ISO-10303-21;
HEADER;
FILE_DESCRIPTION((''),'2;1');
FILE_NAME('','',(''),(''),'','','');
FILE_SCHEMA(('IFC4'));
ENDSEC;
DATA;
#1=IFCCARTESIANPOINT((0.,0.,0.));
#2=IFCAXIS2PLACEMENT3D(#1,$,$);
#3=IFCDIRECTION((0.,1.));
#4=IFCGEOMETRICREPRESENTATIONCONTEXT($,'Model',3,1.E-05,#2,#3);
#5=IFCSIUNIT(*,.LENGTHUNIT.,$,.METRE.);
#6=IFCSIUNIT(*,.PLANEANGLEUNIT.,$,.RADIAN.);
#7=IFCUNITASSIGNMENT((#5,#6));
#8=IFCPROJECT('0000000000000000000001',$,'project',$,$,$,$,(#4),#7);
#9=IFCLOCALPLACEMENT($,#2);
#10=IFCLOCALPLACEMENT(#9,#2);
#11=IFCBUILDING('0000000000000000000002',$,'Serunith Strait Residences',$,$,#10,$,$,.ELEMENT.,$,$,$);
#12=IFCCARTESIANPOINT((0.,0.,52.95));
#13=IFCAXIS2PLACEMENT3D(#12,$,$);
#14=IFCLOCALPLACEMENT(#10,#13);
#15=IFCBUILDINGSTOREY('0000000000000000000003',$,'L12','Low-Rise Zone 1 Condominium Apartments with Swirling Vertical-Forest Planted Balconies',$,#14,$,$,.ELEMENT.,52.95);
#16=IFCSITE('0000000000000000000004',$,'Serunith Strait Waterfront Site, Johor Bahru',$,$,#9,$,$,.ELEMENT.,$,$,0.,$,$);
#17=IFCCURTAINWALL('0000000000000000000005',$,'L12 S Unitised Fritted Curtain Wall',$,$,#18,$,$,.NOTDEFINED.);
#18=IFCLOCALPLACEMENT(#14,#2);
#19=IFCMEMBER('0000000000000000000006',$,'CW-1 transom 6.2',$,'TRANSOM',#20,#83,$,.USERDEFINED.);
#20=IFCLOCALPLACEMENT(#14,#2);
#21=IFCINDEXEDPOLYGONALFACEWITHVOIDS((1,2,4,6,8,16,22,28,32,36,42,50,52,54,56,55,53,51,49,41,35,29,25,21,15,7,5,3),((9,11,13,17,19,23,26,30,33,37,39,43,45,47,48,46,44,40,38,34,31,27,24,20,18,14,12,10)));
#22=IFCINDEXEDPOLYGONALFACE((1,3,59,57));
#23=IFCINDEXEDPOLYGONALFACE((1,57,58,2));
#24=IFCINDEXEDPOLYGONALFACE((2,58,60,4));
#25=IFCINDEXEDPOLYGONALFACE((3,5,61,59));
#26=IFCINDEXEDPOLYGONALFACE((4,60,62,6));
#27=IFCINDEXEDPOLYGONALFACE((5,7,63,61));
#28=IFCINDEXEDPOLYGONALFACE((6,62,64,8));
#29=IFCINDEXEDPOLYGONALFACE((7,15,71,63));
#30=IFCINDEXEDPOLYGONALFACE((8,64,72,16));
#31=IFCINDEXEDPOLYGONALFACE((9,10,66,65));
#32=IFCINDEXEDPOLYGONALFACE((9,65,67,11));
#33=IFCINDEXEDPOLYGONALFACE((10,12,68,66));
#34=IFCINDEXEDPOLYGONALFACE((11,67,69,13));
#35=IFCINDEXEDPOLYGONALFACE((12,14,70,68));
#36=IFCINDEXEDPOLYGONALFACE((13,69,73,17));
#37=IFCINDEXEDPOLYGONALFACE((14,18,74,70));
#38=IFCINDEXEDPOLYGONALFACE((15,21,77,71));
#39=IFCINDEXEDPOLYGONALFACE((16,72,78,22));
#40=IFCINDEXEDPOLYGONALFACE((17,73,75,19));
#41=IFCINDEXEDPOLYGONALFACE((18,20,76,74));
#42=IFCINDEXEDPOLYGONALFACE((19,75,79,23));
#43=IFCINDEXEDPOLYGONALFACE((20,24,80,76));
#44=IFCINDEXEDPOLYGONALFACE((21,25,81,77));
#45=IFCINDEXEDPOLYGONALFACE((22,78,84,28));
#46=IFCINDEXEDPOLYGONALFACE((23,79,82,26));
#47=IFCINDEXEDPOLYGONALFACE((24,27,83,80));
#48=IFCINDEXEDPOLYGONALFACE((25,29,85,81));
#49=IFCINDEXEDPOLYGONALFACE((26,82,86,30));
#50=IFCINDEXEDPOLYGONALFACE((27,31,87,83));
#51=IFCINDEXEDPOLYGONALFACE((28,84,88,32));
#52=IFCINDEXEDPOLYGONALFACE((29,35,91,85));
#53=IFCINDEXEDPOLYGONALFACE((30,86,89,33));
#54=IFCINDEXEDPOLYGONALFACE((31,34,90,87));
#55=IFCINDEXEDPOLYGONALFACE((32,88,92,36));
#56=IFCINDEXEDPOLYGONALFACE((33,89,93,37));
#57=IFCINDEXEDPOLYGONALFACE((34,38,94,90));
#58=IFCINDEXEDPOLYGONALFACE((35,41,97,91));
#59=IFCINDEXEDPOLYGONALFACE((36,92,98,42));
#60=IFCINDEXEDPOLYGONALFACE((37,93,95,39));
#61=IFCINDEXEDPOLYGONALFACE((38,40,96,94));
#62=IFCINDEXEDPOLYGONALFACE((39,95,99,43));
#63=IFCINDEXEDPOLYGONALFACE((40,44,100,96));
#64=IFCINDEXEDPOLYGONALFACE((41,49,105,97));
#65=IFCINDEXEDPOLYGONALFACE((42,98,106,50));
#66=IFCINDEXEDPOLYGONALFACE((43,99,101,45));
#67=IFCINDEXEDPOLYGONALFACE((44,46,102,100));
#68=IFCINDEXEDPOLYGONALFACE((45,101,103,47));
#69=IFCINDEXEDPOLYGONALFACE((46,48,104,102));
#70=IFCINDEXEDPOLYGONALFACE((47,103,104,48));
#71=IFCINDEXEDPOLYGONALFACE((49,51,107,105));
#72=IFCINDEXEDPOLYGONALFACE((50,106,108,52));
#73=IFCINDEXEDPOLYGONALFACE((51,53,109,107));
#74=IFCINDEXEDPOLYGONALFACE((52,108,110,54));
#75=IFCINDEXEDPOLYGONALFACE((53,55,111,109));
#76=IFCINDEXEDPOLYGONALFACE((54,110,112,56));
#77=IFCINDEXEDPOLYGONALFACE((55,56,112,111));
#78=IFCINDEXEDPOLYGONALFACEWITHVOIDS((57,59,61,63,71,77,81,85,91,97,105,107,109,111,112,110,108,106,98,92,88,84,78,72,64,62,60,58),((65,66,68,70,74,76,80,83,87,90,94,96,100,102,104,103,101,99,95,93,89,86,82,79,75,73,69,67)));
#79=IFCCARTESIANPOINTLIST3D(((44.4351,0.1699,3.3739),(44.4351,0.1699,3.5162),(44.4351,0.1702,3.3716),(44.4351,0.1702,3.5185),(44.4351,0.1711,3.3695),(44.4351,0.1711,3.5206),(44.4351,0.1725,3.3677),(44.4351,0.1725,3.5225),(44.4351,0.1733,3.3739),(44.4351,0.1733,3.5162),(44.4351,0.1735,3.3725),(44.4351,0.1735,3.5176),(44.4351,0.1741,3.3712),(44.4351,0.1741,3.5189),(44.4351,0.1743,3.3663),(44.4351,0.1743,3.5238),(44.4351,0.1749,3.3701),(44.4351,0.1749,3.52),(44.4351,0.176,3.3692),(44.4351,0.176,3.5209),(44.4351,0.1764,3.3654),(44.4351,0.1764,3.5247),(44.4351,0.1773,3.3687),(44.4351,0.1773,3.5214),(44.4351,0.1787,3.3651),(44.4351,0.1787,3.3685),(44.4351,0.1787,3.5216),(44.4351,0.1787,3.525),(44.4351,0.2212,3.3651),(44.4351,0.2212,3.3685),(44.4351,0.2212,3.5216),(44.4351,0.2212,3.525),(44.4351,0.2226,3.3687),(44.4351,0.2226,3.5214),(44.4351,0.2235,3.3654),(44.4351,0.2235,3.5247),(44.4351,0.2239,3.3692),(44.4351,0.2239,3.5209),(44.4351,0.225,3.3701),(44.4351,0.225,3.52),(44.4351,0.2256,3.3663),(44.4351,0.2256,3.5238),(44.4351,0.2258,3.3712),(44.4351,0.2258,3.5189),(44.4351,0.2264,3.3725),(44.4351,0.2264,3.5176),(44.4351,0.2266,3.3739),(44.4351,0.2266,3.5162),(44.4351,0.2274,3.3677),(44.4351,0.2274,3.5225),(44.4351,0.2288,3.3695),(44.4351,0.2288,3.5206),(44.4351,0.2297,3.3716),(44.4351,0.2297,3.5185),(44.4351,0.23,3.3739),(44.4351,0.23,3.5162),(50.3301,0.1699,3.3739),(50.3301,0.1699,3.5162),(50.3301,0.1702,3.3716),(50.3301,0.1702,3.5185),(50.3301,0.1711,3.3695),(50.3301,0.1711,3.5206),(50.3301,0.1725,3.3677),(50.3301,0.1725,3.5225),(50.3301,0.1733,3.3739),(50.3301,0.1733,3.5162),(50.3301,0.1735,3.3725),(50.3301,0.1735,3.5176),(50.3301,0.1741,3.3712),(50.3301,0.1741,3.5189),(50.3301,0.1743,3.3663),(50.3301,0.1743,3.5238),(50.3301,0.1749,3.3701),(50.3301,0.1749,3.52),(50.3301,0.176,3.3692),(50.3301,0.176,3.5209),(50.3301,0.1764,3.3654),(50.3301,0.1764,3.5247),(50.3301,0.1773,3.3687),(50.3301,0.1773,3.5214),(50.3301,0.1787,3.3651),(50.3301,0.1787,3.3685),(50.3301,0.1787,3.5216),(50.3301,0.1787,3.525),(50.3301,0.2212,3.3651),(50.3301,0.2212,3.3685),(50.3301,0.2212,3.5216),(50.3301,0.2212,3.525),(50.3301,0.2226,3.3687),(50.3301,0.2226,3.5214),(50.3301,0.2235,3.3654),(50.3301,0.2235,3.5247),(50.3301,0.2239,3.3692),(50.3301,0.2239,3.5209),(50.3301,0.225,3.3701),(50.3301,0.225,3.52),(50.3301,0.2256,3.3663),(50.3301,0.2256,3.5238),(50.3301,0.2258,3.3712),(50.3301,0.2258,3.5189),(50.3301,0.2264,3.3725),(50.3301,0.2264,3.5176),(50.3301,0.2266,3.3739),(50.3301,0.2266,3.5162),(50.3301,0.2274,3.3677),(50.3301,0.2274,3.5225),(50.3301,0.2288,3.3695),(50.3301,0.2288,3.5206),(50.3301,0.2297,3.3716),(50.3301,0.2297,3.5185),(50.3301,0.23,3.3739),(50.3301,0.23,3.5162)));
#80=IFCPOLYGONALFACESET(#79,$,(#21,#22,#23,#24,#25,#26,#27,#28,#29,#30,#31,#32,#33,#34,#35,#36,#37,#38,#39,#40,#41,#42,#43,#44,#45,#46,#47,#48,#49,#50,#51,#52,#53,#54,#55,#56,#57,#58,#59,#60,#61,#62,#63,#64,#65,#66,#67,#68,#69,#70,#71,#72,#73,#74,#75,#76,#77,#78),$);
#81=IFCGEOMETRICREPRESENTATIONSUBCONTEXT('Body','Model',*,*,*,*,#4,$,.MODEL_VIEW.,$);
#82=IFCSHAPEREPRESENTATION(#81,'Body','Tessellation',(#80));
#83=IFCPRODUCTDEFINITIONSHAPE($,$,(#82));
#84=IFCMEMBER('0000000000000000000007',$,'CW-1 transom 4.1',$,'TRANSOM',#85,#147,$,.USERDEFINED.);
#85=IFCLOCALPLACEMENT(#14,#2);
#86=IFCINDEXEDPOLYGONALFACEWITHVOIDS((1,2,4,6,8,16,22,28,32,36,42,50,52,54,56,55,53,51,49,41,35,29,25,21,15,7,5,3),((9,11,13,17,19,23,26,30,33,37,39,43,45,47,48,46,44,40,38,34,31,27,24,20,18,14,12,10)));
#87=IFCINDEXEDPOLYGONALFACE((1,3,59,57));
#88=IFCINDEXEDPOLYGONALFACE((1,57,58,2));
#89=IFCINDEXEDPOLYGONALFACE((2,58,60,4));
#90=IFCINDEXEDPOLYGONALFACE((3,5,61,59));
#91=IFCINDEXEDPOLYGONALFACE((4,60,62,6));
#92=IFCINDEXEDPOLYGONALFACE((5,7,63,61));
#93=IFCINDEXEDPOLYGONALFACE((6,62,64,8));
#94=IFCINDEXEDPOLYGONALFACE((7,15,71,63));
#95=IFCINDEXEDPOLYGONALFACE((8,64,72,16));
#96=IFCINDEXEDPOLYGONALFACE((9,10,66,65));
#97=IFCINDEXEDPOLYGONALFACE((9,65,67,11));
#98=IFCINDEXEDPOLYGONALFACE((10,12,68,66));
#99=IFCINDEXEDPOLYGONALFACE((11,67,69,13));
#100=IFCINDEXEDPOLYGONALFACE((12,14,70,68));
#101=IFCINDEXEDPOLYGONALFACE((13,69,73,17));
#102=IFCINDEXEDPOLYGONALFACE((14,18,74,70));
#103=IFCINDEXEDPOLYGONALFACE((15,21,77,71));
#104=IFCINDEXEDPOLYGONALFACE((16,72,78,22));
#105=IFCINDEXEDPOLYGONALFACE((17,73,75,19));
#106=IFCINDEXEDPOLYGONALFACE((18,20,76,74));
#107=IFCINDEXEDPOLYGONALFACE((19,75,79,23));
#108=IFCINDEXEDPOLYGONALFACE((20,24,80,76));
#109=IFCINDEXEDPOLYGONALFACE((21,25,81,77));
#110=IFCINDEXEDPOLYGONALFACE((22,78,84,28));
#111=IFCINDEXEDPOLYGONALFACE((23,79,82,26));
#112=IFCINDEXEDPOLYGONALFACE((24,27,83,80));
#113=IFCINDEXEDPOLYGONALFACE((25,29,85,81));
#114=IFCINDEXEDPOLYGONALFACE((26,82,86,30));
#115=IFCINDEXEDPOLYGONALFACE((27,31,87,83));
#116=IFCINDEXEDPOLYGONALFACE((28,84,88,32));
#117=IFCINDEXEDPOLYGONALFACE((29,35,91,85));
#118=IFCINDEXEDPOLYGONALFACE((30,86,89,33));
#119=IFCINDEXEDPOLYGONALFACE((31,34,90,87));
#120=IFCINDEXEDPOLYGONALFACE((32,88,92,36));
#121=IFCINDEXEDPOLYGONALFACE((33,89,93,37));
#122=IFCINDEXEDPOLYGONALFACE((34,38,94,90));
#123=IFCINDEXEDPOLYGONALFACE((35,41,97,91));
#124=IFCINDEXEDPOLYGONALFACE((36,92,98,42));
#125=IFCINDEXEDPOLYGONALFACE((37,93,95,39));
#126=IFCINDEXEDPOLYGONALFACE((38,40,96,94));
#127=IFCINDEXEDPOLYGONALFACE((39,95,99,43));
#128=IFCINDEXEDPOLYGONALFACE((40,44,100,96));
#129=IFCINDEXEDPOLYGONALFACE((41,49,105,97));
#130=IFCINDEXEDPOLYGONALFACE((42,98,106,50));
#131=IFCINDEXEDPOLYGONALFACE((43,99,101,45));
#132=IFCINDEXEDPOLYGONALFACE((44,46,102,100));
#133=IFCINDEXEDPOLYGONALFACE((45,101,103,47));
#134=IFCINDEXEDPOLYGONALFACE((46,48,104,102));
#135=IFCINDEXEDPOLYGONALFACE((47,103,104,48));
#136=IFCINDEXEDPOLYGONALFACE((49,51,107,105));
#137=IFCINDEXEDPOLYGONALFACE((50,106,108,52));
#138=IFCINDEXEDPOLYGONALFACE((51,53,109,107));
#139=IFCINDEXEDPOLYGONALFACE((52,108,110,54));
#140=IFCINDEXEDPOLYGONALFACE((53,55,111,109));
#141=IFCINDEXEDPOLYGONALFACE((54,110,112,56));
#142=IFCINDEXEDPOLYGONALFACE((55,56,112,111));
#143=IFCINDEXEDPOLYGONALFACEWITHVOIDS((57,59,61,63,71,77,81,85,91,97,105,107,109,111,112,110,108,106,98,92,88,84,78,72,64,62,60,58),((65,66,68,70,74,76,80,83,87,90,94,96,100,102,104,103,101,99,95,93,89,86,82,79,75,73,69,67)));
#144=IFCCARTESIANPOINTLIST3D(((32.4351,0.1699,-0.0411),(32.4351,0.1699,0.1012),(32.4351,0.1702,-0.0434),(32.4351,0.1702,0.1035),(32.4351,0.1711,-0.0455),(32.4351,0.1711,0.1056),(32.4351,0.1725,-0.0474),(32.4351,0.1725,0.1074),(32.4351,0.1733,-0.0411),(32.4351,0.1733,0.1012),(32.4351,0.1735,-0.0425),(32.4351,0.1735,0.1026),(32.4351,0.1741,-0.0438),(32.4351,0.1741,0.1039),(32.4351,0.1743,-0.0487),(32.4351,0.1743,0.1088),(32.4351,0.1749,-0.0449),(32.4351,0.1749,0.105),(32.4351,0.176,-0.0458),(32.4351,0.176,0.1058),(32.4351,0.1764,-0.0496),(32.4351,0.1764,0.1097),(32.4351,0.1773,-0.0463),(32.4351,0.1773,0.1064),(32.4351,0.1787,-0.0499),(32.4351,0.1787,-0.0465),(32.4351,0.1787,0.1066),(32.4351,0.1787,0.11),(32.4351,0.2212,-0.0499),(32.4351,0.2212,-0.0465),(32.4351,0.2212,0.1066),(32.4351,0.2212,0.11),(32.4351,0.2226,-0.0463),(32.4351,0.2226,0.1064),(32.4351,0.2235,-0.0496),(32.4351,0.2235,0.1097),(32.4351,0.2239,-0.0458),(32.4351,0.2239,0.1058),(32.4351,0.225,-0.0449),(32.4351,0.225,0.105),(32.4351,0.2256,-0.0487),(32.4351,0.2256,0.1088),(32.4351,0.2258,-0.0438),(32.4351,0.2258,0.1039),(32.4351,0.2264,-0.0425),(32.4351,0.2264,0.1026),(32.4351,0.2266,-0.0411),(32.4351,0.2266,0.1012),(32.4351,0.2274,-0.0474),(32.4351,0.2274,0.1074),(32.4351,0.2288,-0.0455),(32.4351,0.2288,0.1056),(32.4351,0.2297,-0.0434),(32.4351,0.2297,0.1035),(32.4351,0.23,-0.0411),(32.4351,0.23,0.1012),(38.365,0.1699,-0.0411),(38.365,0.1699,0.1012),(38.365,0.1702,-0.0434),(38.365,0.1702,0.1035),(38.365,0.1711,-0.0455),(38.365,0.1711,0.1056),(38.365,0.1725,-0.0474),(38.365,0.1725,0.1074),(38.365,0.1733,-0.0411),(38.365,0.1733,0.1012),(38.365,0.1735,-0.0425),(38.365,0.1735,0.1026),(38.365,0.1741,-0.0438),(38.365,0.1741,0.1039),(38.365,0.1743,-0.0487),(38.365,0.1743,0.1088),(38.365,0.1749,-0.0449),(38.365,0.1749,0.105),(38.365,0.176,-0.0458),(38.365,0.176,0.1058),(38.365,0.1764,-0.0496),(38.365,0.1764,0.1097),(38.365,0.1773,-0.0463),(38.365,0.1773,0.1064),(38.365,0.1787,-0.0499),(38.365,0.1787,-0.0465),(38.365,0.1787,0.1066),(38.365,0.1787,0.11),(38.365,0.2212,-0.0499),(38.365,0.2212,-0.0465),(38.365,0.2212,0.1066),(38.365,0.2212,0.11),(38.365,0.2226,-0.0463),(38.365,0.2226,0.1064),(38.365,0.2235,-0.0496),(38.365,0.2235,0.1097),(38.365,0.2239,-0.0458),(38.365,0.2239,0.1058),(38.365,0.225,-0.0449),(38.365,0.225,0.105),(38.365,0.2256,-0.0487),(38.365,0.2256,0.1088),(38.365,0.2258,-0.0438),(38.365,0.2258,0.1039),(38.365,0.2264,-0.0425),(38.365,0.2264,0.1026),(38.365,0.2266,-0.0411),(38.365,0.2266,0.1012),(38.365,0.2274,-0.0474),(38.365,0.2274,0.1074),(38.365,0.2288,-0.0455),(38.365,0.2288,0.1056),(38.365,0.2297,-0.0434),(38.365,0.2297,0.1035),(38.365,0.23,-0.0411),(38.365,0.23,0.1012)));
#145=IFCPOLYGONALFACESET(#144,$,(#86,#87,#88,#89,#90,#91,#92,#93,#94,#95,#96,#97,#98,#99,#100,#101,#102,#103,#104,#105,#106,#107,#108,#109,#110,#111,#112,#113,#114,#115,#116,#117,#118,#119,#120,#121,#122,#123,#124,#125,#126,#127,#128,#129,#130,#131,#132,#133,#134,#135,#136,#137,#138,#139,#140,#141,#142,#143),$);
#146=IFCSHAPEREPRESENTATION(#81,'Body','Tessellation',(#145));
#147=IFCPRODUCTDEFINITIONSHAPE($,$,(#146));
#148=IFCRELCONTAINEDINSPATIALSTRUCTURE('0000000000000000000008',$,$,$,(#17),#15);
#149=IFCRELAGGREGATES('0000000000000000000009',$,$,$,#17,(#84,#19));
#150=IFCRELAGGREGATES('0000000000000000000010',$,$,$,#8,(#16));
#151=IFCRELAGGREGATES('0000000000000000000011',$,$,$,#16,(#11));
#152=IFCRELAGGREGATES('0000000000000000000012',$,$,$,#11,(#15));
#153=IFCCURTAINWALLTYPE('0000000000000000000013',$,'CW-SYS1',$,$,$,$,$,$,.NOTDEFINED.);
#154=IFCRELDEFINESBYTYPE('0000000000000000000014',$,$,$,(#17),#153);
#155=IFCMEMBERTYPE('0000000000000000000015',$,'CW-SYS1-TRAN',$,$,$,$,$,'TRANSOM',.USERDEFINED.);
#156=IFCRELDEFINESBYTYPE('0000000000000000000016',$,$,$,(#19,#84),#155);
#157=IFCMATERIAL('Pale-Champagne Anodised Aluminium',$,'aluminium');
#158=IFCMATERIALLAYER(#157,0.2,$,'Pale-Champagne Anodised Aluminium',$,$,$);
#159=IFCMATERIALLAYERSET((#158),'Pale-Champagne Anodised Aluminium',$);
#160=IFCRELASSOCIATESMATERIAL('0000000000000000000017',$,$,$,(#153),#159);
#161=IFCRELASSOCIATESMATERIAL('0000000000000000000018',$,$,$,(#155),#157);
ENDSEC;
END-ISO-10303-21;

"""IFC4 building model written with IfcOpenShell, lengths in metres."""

from ifc_helpers import new_model, si_unit, direction, frame, origin, origin_2d, place, context, subcontext, project, spatial, hollow_rectangle, extrude, source, transform, mapped, material, layer, layer_set, material_profile, profile_set, type_object, element, aggregate, save


model = new_model("IFC4")

# Units and contexts
model_context = context("Model", 3, precision=1e-05, world=origin(), true_north=direction((0.0, 1.0)))
body_context = subcontext(model_context, "Body", "Model", "MODEL_VIEW")
ifc_project = project(units=[si_unit("LENGTHUNIT", "METRE"), si_unit("PLANEANGLEUNIT", "RADIAN")], contexts=[model_context])

# Site, building, storey
site_placement = place(None, origin())
site = spatial("IfcSite", under=ifc_project, at=site_placement, Name="Serunith Strait Waterfront Site, Johor Bahru", CompositionType="ELEMENT", RefElevation=0.0)
building_placement = place(site_placement, origin())
building = spatial("IfcBuilding", under=site, at=building_placement, Name="Serunith Strait Residences", CompositionType="ELEMENT")
storey_placement = place(building_placement, frame((0.0, 0.0, 52.95)))
storey = spatial("IfcBuildingStorey", under=building, at=storey_placement, Name="L12", Description="Low-Rise Zone 1 Condominium Apartments with Swirling Vertical-Forest Planted Balconies", CompositionType="ELEMENT", Elevation=52.95)

# Curtain wall, members
ifc_material_1 = material(Name="Pale-Champagne Anodised Aluminium", Category="aluminium")
ifc_layer_1 = layer(ifc_material_1, 0.2, Name="Pale-Champagne Anodised Aluminium")
ifc_layer_set_1 = layer_set([ifc_layer_1], Name="Pale-Champagne Anodised Aluminium")
curtain_wall_type = type_object("IfcCurtainWallType", Name="CW-SYS1", PredefinedType="NOTDEFINED", material=ifc_layer_set_1)
curtain_wall_placement = place(storey_placement, origin())
curtain_wall = element("IfcCurtainWall", 1, at=curtain_wall_placement, inside=storey, type_object=curtain_wall_type, Name="L12 S Unitised Fritted Curtain Wall", PredefinedType="NOTDEFINED")
ifc_material_profile_1 = material_profile(ifc_material_1, hollow_rectangle(XDim=0.0601, YDim=0.1599, WallThickness=0.0034, InnerFilletRadius=0.0054, OuterFilletRadius=0.0088, at=origin_2d()), Name="ALU 160x60x3.5")
ifc_profile_set_1 = profile_set([ifc_material_profile_1], Name="Pale-Champagne Anodised Aluminium")
member_type_1 = type_object("IfcMemberType", Name="CW-SYS1-TRAN", ElementType="TRANSOM", PredefinedType="USERDEFINED", material=ifc_profile_set_1)
shared_shape_1 = source(origin(), body_context, "Body", "SweptSolid", [
    extrude(hollow_rectangle(XDim=0.0601, YDim=0.1599, WallThickness=0.0034, InnerFilletRadius=0.0054, OuterFilletRadius=0.0088, at=origin_2d()), origin(), (0.0, 0.0, 1.0), 5.895),
])
member_1_placement = place(storey_placement, frame((44.4351, 0.2, 3.4451), z_axis=(1.0, 0.0, 0.0), x_axis=(0.0, 1.0, 0.0)))
member_1 = element("IfcMember", 2, at=member_1_placement, type_object=member_type_1, Name="CW-1 transom 6.2", ObjectType="TRANSOM", PredefinedType="USERDEFINED", context=body_context, shape_type="MappedRepresentation", body=[
    mapped(shared_shape_1, transform((0.0, 0.0, 0.0), scale=1.0)),
])
shared_shape_2 = source(origin(), body_context, "Body", "SweptSolid", [
    extrude(hollow_rectangle(XDim=0.0601, YDim=0.1599, WallThickness=0.0034, InnerFilletRadius=0.0054, OuterFilletRadius=0.0088, at=origin_2d()), origin(), (0.0, 0.0, 1.0), 5.9299),
])
member_2_placement = place(storey_placement, frame((32.4351, 0.2, 0.03), z_axis=(1.0, 0.0, 0.0), x_axis=(0.0, 1.0, 0.0)))
member_2 = element("IfcMember", 3, at=member_2_placement, type_object=member_type_1, Name="CW-1 transom 4.1", ObjectType="TRANSOM", PredefinedType="USERDEFINED", context=body_context, shape_type="MappedRepresentation", body=[
    mapped(shared_shape_2, transform((0.0, 0.0, 0.0), scale=1.0)),
])
aggregate(curtain_wall, [member_2, member_1])

save(model, "model.ifc")
